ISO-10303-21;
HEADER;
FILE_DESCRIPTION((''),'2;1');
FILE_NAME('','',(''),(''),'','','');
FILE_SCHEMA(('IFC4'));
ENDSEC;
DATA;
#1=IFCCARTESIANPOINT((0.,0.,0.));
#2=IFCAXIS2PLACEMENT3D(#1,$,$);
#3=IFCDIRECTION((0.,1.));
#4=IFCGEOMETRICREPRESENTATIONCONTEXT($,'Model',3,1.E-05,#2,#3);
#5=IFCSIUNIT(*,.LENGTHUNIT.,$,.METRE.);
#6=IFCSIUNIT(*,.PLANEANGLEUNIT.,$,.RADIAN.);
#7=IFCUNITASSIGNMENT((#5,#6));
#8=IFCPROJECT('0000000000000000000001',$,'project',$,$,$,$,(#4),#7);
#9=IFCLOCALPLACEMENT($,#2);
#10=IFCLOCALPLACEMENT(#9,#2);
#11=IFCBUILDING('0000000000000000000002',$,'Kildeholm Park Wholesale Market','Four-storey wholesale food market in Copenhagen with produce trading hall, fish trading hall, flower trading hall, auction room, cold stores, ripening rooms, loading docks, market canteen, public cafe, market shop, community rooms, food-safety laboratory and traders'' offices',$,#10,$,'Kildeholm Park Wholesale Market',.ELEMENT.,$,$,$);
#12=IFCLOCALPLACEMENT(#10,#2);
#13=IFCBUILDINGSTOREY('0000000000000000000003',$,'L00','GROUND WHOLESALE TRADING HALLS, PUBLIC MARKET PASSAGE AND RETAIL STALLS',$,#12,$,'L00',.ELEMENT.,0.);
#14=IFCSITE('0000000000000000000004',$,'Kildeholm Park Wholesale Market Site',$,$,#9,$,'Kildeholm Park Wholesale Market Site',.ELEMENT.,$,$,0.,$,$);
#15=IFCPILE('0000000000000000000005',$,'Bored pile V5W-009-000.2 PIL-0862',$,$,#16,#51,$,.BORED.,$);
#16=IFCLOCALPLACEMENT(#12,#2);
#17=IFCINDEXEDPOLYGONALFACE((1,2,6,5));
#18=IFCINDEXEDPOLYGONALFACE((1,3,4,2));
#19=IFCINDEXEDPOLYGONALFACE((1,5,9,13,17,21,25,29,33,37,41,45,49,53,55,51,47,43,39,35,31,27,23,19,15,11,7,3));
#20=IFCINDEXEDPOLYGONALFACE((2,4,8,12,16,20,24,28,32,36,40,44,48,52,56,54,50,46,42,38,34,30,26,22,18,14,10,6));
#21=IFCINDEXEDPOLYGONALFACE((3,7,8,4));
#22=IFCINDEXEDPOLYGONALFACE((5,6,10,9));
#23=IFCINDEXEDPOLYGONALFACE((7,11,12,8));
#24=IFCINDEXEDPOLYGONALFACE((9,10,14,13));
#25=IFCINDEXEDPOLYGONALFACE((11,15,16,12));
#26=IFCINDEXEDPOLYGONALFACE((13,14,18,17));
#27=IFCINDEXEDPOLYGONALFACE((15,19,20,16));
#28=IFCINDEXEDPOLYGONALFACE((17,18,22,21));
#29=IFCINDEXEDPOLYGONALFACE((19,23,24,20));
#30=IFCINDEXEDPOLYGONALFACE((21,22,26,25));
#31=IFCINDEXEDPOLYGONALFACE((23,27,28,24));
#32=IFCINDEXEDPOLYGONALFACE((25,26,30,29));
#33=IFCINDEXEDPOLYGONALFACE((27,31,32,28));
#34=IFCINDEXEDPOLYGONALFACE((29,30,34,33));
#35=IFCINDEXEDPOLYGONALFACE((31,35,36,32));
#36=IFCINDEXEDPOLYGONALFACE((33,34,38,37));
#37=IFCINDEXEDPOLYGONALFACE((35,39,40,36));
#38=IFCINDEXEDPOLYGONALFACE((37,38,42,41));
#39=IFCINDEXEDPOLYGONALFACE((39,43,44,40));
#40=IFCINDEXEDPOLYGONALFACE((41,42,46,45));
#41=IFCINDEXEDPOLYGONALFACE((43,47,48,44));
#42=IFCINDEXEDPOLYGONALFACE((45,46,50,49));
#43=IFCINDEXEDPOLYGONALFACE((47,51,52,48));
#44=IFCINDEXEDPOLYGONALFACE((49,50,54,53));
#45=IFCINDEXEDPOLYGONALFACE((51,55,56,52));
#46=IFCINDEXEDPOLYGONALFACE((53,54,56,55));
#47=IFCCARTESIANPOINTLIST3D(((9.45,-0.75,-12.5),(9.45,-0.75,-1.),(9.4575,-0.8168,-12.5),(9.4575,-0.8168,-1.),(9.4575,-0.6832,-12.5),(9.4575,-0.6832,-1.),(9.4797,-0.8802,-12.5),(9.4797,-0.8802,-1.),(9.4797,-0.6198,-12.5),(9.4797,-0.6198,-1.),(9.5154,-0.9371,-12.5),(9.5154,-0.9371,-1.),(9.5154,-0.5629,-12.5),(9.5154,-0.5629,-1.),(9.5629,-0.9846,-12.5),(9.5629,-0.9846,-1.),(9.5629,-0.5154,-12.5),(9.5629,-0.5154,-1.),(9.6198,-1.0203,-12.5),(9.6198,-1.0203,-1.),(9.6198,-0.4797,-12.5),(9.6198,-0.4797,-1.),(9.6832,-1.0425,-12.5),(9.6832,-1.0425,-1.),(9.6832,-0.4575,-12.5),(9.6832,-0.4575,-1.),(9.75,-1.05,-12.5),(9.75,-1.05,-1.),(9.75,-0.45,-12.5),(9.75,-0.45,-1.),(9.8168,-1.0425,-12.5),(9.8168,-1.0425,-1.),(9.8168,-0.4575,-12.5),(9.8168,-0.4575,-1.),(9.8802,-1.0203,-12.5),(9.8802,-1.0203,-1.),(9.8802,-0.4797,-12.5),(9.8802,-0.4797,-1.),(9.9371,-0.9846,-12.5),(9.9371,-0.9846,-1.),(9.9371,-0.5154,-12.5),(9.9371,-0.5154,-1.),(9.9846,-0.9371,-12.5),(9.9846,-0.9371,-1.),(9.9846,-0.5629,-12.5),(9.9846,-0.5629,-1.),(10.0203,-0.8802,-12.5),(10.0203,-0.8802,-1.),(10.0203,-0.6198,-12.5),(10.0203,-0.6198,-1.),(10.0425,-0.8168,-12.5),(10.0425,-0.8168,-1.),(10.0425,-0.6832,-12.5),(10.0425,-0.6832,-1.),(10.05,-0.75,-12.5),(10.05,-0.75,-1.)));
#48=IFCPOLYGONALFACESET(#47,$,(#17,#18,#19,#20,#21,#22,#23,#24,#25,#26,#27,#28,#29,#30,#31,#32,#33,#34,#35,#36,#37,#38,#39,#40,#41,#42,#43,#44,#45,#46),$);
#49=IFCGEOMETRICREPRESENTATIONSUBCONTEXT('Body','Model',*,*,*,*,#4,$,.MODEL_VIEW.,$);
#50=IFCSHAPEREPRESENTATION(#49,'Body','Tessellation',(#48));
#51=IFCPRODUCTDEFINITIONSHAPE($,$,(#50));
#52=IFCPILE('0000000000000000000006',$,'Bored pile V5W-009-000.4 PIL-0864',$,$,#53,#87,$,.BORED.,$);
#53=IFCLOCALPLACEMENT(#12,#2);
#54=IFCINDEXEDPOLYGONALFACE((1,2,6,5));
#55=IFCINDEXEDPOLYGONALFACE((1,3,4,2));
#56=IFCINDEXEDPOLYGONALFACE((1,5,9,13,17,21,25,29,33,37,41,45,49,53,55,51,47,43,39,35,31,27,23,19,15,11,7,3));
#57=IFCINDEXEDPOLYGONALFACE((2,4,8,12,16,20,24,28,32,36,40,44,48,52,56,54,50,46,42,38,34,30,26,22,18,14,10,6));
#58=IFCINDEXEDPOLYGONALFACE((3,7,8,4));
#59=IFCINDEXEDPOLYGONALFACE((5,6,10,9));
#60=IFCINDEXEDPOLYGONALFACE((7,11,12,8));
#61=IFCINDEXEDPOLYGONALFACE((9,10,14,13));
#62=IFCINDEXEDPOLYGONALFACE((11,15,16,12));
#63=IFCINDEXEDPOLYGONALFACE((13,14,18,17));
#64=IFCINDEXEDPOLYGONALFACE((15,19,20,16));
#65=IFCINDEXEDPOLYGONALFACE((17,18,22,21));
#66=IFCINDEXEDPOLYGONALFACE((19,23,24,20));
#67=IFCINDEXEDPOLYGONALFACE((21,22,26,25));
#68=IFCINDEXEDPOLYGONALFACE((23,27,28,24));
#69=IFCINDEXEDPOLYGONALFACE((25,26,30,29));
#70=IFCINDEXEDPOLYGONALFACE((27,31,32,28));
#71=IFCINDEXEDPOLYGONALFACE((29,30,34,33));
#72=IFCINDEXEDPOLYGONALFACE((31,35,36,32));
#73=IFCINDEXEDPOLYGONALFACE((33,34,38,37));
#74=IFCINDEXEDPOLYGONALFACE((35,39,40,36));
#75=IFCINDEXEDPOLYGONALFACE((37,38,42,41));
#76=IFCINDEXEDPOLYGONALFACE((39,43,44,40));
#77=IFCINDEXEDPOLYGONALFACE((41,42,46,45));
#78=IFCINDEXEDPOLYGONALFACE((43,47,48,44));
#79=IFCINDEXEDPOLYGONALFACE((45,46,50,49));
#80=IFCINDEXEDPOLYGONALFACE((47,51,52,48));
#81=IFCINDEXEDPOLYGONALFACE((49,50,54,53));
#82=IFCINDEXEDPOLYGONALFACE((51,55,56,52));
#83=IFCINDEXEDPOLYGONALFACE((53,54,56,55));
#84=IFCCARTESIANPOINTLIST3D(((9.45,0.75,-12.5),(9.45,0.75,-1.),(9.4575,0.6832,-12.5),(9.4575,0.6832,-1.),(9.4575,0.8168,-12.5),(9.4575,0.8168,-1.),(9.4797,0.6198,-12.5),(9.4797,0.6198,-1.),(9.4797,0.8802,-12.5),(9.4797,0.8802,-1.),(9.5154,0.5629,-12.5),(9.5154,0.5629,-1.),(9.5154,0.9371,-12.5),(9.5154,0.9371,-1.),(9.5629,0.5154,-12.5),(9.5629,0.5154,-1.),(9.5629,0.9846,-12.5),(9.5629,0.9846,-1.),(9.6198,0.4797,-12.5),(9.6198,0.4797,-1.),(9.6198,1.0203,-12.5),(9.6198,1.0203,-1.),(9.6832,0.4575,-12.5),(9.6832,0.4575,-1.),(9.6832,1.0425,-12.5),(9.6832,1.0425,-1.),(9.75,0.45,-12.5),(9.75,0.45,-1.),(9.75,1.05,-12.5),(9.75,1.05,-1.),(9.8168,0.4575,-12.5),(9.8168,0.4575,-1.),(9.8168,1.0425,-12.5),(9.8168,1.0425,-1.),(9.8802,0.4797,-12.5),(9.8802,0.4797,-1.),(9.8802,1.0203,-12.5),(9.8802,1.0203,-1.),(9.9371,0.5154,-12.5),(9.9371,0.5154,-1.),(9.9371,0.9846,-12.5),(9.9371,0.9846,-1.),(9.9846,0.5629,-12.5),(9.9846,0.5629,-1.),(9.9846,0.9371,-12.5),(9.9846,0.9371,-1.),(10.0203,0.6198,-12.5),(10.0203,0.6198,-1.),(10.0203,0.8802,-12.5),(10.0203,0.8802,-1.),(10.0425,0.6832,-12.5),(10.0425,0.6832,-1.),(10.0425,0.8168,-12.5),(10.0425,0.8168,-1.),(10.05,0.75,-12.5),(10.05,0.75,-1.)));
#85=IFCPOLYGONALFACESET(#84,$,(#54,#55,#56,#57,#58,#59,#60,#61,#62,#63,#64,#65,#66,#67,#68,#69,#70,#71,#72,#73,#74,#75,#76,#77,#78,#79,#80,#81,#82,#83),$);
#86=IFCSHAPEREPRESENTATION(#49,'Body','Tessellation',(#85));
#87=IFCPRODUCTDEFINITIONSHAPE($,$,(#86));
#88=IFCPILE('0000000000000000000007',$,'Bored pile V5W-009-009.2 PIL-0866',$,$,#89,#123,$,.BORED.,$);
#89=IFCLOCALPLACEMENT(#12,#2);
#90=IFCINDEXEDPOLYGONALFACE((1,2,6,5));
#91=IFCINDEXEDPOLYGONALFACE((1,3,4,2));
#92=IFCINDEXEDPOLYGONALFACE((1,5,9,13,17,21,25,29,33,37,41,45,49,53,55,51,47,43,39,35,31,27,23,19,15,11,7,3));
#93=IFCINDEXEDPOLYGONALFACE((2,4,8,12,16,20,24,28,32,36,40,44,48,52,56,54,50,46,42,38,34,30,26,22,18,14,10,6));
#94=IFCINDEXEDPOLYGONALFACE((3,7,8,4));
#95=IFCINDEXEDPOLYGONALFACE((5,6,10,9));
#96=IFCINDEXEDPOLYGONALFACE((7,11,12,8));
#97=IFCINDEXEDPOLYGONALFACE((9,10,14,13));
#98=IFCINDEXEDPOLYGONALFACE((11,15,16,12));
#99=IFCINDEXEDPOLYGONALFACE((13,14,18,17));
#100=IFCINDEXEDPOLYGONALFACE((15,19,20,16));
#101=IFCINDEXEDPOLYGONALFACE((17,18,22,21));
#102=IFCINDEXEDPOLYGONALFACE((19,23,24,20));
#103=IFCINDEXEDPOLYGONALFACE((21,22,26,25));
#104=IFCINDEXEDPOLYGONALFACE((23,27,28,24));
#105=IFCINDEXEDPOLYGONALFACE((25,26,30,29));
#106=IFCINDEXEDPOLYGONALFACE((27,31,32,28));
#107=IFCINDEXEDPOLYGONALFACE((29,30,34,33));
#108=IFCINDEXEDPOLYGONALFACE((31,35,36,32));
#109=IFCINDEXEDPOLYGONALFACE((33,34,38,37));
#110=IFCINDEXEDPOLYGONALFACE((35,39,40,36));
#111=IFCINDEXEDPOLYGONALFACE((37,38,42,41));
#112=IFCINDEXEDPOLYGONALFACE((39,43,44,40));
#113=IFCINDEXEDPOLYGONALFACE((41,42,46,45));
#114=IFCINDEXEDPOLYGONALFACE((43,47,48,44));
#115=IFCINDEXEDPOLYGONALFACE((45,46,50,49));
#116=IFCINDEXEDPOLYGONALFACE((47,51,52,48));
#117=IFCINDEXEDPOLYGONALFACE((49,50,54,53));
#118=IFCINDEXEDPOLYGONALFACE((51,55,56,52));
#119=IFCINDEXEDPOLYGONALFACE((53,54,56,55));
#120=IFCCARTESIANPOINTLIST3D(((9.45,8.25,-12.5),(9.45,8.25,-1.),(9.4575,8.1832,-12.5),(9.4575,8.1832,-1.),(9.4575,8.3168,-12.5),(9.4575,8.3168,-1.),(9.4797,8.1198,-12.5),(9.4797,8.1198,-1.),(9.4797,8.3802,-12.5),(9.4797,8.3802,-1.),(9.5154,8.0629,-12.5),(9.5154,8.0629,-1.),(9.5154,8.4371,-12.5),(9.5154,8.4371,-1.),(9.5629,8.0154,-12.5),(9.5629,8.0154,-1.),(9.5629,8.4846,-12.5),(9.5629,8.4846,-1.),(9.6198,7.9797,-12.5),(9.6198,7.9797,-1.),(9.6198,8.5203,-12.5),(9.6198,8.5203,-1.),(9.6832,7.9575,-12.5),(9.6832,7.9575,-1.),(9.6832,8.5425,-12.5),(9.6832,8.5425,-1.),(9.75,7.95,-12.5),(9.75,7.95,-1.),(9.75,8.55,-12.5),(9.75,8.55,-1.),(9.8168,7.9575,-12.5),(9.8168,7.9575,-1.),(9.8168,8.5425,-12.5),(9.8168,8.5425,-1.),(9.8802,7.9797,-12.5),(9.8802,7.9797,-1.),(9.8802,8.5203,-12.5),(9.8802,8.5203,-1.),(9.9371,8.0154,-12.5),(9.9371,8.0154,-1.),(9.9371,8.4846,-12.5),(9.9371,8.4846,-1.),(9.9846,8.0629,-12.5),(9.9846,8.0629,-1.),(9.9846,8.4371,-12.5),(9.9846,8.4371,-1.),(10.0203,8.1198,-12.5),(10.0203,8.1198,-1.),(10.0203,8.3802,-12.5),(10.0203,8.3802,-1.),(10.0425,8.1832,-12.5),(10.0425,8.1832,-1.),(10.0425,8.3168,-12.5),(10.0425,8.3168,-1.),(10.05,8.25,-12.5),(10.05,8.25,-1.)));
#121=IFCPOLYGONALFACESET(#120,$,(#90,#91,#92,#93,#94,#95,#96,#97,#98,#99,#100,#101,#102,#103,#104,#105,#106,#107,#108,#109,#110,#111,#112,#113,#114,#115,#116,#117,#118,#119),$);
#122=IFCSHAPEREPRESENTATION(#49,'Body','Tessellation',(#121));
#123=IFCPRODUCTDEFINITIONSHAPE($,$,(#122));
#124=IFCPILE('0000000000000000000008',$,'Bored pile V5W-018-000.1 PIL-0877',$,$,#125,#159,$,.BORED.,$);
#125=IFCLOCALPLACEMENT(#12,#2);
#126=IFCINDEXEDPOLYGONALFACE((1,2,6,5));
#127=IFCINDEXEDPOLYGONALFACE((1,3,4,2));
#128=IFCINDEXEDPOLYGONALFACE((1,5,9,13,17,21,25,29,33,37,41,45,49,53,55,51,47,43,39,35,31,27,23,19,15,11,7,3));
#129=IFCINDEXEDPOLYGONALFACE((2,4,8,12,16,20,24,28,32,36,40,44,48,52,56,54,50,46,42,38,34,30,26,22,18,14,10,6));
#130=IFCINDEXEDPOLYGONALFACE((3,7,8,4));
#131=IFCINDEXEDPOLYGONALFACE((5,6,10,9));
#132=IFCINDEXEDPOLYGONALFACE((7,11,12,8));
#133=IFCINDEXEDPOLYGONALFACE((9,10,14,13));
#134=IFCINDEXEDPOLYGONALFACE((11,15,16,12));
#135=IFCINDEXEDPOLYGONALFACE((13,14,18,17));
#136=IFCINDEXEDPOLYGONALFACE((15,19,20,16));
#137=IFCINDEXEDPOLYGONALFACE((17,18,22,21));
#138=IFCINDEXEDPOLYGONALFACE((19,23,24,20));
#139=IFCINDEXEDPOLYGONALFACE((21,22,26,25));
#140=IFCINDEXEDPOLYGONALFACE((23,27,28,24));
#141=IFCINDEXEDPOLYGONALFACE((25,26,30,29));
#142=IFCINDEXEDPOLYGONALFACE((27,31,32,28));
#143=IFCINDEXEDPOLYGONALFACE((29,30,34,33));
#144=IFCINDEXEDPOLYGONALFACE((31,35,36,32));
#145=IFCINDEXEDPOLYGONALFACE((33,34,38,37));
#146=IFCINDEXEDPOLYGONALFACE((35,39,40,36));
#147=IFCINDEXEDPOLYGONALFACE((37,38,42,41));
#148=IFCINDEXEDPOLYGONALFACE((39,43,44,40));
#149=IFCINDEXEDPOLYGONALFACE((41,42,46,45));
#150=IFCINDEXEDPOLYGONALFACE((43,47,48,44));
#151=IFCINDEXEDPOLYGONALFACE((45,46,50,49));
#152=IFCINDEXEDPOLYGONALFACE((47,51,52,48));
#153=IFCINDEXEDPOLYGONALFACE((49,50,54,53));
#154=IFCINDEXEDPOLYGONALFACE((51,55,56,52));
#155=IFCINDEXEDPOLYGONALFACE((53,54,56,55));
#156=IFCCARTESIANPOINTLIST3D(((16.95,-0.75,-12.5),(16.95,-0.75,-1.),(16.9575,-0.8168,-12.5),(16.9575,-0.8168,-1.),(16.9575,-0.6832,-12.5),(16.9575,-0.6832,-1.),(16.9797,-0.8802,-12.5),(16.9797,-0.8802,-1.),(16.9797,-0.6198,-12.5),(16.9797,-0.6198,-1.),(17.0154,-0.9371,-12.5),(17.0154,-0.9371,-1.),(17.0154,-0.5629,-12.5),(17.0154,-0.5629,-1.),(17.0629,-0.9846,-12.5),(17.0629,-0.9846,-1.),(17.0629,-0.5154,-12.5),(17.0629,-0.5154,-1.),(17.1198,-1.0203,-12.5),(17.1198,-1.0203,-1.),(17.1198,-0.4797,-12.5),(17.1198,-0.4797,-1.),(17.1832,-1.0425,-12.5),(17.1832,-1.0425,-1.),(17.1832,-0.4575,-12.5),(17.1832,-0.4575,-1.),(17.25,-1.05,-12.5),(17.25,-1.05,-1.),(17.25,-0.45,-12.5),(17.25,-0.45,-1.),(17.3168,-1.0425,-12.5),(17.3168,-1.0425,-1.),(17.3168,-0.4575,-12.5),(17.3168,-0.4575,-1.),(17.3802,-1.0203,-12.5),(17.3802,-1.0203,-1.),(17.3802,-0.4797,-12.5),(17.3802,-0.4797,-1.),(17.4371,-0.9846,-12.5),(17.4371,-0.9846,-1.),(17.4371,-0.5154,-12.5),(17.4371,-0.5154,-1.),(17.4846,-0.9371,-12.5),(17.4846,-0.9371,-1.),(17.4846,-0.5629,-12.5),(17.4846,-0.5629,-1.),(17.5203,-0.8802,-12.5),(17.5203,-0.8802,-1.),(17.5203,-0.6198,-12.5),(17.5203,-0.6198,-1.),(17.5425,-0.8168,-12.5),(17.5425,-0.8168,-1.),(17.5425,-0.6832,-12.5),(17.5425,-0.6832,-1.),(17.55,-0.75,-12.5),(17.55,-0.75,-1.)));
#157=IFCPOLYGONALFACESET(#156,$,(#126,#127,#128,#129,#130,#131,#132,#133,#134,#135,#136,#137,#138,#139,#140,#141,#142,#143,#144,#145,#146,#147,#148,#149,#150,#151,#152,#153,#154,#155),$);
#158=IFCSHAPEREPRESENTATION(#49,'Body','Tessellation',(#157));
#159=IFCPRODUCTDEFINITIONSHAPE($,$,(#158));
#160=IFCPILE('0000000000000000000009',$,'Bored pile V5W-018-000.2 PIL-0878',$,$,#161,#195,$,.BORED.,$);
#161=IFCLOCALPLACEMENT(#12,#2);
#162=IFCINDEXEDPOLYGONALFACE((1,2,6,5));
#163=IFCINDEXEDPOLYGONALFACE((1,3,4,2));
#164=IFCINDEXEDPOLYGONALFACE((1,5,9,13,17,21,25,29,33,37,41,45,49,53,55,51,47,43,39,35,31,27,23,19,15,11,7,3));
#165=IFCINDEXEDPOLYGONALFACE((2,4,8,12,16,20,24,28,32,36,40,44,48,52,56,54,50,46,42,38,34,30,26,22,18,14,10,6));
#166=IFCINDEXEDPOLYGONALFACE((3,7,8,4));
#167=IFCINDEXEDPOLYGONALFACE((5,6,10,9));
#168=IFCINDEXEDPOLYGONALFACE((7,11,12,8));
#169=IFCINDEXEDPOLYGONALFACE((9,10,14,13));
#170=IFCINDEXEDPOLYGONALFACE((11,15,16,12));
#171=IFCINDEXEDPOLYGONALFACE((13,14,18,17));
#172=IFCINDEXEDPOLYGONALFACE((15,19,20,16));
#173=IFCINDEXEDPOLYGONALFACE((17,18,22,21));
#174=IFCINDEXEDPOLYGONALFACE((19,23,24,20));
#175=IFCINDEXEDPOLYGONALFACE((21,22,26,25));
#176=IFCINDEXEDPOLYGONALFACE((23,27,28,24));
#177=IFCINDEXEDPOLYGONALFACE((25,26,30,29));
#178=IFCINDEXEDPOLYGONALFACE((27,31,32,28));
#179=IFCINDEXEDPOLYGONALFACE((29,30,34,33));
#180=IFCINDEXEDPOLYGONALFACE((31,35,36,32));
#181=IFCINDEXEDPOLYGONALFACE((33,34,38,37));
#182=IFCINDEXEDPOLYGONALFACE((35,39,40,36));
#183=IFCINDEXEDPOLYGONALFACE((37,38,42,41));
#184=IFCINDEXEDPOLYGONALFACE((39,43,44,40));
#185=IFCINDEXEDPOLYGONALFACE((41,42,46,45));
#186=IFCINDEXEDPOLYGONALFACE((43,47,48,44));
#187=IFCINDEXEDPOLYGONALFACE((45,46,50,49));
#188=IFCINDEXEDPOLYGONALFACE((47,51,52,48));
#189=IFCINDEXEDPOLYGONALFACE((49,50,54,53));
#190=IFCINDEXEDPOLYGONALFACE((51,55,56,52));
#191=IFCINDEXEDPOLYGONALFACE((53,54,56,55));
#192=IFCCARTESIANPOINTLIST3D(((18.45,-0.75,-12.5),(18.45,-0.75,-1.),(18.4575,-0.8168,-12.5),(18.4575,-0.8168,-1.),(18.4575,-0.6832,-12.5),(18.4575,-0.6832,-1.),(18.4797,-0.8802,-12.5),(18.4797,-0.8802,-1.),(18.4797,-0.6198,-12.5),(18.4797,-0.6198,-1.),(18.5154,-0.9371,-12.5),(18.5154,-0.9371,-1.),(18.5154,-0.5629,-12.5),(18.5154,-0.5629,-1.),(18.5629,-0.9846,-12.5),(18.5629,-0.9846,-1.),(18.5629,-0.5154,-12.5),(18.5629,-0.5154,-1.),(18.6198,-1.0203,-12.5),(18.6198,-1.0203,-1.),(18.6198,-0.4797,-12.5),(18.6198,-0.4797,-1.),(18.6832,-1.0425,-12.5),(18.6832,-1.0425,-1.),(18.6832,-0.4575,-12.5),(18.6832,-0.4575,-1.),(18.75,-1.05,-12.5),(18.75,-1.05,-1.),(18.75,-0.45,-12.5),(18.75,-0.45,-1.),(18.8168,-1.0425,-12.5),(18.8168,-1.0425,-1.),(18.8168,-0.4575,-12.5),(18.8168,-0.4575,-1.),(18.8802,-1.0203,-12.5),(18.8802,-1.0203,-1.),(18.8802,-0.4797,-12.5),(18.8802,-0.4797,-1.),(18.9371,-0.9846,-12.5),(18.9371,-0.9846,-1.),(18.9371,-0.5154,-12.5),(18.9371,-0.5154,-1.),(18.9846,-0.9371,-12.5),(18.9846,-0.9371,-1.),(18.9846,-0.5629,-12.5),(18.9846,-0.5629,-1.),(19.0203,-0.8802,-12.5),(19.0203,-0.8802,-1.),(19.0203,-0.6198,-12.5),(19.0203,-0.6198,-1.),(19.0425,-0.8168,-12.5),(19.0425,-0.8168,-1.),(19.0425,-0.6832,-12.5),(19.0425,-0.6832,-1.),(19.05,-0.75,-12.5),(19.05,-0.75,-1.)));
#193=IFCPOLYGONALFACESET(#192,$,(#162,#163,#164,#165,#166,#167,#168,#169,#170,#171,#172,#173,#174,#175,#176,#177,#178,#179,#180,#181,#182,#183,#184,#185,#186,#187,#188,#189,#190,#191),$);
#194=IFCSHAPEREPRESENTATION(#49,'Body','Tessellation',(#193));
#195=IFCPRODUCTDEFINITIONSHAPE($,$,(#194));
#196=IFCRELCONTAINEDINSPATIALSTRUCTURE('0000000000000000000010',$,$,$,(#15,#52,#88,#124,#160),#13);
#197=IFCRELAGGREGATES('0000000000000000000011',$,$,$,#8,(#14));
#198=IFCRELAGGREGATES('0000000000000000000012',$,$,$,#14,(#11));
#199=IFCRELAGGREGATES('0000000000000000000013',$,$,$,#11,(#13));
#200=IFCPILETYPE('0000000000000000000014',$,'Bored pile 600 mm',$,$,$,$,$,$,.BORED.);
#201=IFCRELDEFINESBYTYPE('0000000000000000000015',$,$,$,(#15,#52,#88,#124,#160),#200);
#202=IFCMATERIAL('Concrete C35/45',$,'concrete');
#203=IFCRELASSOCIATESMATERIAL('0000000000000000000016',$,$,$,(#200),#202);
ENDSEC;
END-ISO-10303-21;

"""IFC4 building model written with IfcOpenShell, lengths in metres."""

from ifc_helpers import new_model, si_unit, direction, frame, origin, origin_2d, place, context, subcontext, project, spatial, circle, extrude, material, material_profile, profile_set, type_object, element, save


model = new_model("IFC4")

# Units and contexts
model_context = context("Model", 3, precision=1e-05, world=origin(), true_north=direction((0.0, 1.0)))
body_context = subcontext(model_context, "Body", "Model", "MODEL_VIEW")
ifc_project = project(units=[si_unit("LENGTHUNIT", "METRE"), si_unit("PLANEANGLEUNIT", "RADIAN")], contexts=[model_context])

# Site, building, storey
site_placement = place(None, origin())
site = spatial("IfcSite", under=ifc_project, at=site_placement, Name="Kildeholm Park Wholesale Market Site", LongName="Kildeholm Park Wholesale Market Site", CompositionType="ELEMENT", RefElevation=0.0)
building_placement = place(site_placement, origin())
building = spatial("IfcBuilding", under=site, at=building_placement, Name="Kildeholm Park Wholesale Market", Description="Four-storey wholesale food market in Copenhagen with produce trading hall, fish trading hall, flower trading hall, auction room, cold stores, ripening rooms, loading docks, market canteen, public cafe, market shop, community rooms, food-safety laboratory and traders' offices", LongName="Kildeholm Park Wholesale Market", CompositionType="ELEMENT")
storey_placement = place(building_placement, origin())
storey = spatial("IfcBuildingStorey", under=building, at=storey_placement, Name="L00", Description="GROUND WHOLESALE TRADING HALLS, PUBLIC MARKET PASSAGE AND RETAIL STALLS", LongName="L00", CompositionType="ELEMENT", Elevation=0.0)

# Piles
ifc_material_1 = material(Name="Concrete C35/45", Category="concrete")
ifc_material_profile_1 = material_profile(ifc_material_1, circle(Radius=0.3, at=origin_2d()), Name="PILE D600")
ifc_profile_set_1 = profile_set([ifc_material_profile_1], Name="Concrete C35/45")
pile_type = type_object("IfcPileType", Name="Bored pile 600 mm", PredefinedType="BORED", material=ifc_profile_set_1)
for number, where, z_axis, x_axis, name in (
    (1, (9.75, -0.75, -1.0), (0.0, 0.0, -1.0), (1.0, 0.0, 0.0), "Bored pile V5W-009-000.2 PIL-0862"),
    (2, (9.75, 0.75, -1.0), (0.0, 0.0, -1.0), (1.0, 0.0, 0.0), "Bored pile V5W-009-000.4 PIL-0864"),
    (3, (9.75, 8.25, -1.0), (0.0, 0.0, -1.0), (1.0, 0.0, 0.0), "Bored pile V5W-009-009.2 PIL-0866"),
    (4, (17.25, -0.75, -1.0), (0.0, 0.0, -1.0), (1.0, 0.0, 0.0), "Bored pile V5W-018-000.1 PIL-0877"),
    (5, (18.75, -0.75, -1.0), (0.0, 0.0, -1.0), (1.0, 0.0, 0.0), "Bored pile V5W-018-000.2 PIL-0878"),
):
    element("IfcPile", number, at=place(storey_placement, frame(where, z_axis=z_axis, x_axis=x_axis)), inside=storey, type_object=pile_type, Name=name, PredefinedType="BORED", context=body_context, shape_type="SweptSolid", body=[
        extrude(circle(Radius=0.3, at=origin_2d()), origin(), (0.0, 0.0, 1.0), 11.5),
    ])

save(model, "model.ifc")
